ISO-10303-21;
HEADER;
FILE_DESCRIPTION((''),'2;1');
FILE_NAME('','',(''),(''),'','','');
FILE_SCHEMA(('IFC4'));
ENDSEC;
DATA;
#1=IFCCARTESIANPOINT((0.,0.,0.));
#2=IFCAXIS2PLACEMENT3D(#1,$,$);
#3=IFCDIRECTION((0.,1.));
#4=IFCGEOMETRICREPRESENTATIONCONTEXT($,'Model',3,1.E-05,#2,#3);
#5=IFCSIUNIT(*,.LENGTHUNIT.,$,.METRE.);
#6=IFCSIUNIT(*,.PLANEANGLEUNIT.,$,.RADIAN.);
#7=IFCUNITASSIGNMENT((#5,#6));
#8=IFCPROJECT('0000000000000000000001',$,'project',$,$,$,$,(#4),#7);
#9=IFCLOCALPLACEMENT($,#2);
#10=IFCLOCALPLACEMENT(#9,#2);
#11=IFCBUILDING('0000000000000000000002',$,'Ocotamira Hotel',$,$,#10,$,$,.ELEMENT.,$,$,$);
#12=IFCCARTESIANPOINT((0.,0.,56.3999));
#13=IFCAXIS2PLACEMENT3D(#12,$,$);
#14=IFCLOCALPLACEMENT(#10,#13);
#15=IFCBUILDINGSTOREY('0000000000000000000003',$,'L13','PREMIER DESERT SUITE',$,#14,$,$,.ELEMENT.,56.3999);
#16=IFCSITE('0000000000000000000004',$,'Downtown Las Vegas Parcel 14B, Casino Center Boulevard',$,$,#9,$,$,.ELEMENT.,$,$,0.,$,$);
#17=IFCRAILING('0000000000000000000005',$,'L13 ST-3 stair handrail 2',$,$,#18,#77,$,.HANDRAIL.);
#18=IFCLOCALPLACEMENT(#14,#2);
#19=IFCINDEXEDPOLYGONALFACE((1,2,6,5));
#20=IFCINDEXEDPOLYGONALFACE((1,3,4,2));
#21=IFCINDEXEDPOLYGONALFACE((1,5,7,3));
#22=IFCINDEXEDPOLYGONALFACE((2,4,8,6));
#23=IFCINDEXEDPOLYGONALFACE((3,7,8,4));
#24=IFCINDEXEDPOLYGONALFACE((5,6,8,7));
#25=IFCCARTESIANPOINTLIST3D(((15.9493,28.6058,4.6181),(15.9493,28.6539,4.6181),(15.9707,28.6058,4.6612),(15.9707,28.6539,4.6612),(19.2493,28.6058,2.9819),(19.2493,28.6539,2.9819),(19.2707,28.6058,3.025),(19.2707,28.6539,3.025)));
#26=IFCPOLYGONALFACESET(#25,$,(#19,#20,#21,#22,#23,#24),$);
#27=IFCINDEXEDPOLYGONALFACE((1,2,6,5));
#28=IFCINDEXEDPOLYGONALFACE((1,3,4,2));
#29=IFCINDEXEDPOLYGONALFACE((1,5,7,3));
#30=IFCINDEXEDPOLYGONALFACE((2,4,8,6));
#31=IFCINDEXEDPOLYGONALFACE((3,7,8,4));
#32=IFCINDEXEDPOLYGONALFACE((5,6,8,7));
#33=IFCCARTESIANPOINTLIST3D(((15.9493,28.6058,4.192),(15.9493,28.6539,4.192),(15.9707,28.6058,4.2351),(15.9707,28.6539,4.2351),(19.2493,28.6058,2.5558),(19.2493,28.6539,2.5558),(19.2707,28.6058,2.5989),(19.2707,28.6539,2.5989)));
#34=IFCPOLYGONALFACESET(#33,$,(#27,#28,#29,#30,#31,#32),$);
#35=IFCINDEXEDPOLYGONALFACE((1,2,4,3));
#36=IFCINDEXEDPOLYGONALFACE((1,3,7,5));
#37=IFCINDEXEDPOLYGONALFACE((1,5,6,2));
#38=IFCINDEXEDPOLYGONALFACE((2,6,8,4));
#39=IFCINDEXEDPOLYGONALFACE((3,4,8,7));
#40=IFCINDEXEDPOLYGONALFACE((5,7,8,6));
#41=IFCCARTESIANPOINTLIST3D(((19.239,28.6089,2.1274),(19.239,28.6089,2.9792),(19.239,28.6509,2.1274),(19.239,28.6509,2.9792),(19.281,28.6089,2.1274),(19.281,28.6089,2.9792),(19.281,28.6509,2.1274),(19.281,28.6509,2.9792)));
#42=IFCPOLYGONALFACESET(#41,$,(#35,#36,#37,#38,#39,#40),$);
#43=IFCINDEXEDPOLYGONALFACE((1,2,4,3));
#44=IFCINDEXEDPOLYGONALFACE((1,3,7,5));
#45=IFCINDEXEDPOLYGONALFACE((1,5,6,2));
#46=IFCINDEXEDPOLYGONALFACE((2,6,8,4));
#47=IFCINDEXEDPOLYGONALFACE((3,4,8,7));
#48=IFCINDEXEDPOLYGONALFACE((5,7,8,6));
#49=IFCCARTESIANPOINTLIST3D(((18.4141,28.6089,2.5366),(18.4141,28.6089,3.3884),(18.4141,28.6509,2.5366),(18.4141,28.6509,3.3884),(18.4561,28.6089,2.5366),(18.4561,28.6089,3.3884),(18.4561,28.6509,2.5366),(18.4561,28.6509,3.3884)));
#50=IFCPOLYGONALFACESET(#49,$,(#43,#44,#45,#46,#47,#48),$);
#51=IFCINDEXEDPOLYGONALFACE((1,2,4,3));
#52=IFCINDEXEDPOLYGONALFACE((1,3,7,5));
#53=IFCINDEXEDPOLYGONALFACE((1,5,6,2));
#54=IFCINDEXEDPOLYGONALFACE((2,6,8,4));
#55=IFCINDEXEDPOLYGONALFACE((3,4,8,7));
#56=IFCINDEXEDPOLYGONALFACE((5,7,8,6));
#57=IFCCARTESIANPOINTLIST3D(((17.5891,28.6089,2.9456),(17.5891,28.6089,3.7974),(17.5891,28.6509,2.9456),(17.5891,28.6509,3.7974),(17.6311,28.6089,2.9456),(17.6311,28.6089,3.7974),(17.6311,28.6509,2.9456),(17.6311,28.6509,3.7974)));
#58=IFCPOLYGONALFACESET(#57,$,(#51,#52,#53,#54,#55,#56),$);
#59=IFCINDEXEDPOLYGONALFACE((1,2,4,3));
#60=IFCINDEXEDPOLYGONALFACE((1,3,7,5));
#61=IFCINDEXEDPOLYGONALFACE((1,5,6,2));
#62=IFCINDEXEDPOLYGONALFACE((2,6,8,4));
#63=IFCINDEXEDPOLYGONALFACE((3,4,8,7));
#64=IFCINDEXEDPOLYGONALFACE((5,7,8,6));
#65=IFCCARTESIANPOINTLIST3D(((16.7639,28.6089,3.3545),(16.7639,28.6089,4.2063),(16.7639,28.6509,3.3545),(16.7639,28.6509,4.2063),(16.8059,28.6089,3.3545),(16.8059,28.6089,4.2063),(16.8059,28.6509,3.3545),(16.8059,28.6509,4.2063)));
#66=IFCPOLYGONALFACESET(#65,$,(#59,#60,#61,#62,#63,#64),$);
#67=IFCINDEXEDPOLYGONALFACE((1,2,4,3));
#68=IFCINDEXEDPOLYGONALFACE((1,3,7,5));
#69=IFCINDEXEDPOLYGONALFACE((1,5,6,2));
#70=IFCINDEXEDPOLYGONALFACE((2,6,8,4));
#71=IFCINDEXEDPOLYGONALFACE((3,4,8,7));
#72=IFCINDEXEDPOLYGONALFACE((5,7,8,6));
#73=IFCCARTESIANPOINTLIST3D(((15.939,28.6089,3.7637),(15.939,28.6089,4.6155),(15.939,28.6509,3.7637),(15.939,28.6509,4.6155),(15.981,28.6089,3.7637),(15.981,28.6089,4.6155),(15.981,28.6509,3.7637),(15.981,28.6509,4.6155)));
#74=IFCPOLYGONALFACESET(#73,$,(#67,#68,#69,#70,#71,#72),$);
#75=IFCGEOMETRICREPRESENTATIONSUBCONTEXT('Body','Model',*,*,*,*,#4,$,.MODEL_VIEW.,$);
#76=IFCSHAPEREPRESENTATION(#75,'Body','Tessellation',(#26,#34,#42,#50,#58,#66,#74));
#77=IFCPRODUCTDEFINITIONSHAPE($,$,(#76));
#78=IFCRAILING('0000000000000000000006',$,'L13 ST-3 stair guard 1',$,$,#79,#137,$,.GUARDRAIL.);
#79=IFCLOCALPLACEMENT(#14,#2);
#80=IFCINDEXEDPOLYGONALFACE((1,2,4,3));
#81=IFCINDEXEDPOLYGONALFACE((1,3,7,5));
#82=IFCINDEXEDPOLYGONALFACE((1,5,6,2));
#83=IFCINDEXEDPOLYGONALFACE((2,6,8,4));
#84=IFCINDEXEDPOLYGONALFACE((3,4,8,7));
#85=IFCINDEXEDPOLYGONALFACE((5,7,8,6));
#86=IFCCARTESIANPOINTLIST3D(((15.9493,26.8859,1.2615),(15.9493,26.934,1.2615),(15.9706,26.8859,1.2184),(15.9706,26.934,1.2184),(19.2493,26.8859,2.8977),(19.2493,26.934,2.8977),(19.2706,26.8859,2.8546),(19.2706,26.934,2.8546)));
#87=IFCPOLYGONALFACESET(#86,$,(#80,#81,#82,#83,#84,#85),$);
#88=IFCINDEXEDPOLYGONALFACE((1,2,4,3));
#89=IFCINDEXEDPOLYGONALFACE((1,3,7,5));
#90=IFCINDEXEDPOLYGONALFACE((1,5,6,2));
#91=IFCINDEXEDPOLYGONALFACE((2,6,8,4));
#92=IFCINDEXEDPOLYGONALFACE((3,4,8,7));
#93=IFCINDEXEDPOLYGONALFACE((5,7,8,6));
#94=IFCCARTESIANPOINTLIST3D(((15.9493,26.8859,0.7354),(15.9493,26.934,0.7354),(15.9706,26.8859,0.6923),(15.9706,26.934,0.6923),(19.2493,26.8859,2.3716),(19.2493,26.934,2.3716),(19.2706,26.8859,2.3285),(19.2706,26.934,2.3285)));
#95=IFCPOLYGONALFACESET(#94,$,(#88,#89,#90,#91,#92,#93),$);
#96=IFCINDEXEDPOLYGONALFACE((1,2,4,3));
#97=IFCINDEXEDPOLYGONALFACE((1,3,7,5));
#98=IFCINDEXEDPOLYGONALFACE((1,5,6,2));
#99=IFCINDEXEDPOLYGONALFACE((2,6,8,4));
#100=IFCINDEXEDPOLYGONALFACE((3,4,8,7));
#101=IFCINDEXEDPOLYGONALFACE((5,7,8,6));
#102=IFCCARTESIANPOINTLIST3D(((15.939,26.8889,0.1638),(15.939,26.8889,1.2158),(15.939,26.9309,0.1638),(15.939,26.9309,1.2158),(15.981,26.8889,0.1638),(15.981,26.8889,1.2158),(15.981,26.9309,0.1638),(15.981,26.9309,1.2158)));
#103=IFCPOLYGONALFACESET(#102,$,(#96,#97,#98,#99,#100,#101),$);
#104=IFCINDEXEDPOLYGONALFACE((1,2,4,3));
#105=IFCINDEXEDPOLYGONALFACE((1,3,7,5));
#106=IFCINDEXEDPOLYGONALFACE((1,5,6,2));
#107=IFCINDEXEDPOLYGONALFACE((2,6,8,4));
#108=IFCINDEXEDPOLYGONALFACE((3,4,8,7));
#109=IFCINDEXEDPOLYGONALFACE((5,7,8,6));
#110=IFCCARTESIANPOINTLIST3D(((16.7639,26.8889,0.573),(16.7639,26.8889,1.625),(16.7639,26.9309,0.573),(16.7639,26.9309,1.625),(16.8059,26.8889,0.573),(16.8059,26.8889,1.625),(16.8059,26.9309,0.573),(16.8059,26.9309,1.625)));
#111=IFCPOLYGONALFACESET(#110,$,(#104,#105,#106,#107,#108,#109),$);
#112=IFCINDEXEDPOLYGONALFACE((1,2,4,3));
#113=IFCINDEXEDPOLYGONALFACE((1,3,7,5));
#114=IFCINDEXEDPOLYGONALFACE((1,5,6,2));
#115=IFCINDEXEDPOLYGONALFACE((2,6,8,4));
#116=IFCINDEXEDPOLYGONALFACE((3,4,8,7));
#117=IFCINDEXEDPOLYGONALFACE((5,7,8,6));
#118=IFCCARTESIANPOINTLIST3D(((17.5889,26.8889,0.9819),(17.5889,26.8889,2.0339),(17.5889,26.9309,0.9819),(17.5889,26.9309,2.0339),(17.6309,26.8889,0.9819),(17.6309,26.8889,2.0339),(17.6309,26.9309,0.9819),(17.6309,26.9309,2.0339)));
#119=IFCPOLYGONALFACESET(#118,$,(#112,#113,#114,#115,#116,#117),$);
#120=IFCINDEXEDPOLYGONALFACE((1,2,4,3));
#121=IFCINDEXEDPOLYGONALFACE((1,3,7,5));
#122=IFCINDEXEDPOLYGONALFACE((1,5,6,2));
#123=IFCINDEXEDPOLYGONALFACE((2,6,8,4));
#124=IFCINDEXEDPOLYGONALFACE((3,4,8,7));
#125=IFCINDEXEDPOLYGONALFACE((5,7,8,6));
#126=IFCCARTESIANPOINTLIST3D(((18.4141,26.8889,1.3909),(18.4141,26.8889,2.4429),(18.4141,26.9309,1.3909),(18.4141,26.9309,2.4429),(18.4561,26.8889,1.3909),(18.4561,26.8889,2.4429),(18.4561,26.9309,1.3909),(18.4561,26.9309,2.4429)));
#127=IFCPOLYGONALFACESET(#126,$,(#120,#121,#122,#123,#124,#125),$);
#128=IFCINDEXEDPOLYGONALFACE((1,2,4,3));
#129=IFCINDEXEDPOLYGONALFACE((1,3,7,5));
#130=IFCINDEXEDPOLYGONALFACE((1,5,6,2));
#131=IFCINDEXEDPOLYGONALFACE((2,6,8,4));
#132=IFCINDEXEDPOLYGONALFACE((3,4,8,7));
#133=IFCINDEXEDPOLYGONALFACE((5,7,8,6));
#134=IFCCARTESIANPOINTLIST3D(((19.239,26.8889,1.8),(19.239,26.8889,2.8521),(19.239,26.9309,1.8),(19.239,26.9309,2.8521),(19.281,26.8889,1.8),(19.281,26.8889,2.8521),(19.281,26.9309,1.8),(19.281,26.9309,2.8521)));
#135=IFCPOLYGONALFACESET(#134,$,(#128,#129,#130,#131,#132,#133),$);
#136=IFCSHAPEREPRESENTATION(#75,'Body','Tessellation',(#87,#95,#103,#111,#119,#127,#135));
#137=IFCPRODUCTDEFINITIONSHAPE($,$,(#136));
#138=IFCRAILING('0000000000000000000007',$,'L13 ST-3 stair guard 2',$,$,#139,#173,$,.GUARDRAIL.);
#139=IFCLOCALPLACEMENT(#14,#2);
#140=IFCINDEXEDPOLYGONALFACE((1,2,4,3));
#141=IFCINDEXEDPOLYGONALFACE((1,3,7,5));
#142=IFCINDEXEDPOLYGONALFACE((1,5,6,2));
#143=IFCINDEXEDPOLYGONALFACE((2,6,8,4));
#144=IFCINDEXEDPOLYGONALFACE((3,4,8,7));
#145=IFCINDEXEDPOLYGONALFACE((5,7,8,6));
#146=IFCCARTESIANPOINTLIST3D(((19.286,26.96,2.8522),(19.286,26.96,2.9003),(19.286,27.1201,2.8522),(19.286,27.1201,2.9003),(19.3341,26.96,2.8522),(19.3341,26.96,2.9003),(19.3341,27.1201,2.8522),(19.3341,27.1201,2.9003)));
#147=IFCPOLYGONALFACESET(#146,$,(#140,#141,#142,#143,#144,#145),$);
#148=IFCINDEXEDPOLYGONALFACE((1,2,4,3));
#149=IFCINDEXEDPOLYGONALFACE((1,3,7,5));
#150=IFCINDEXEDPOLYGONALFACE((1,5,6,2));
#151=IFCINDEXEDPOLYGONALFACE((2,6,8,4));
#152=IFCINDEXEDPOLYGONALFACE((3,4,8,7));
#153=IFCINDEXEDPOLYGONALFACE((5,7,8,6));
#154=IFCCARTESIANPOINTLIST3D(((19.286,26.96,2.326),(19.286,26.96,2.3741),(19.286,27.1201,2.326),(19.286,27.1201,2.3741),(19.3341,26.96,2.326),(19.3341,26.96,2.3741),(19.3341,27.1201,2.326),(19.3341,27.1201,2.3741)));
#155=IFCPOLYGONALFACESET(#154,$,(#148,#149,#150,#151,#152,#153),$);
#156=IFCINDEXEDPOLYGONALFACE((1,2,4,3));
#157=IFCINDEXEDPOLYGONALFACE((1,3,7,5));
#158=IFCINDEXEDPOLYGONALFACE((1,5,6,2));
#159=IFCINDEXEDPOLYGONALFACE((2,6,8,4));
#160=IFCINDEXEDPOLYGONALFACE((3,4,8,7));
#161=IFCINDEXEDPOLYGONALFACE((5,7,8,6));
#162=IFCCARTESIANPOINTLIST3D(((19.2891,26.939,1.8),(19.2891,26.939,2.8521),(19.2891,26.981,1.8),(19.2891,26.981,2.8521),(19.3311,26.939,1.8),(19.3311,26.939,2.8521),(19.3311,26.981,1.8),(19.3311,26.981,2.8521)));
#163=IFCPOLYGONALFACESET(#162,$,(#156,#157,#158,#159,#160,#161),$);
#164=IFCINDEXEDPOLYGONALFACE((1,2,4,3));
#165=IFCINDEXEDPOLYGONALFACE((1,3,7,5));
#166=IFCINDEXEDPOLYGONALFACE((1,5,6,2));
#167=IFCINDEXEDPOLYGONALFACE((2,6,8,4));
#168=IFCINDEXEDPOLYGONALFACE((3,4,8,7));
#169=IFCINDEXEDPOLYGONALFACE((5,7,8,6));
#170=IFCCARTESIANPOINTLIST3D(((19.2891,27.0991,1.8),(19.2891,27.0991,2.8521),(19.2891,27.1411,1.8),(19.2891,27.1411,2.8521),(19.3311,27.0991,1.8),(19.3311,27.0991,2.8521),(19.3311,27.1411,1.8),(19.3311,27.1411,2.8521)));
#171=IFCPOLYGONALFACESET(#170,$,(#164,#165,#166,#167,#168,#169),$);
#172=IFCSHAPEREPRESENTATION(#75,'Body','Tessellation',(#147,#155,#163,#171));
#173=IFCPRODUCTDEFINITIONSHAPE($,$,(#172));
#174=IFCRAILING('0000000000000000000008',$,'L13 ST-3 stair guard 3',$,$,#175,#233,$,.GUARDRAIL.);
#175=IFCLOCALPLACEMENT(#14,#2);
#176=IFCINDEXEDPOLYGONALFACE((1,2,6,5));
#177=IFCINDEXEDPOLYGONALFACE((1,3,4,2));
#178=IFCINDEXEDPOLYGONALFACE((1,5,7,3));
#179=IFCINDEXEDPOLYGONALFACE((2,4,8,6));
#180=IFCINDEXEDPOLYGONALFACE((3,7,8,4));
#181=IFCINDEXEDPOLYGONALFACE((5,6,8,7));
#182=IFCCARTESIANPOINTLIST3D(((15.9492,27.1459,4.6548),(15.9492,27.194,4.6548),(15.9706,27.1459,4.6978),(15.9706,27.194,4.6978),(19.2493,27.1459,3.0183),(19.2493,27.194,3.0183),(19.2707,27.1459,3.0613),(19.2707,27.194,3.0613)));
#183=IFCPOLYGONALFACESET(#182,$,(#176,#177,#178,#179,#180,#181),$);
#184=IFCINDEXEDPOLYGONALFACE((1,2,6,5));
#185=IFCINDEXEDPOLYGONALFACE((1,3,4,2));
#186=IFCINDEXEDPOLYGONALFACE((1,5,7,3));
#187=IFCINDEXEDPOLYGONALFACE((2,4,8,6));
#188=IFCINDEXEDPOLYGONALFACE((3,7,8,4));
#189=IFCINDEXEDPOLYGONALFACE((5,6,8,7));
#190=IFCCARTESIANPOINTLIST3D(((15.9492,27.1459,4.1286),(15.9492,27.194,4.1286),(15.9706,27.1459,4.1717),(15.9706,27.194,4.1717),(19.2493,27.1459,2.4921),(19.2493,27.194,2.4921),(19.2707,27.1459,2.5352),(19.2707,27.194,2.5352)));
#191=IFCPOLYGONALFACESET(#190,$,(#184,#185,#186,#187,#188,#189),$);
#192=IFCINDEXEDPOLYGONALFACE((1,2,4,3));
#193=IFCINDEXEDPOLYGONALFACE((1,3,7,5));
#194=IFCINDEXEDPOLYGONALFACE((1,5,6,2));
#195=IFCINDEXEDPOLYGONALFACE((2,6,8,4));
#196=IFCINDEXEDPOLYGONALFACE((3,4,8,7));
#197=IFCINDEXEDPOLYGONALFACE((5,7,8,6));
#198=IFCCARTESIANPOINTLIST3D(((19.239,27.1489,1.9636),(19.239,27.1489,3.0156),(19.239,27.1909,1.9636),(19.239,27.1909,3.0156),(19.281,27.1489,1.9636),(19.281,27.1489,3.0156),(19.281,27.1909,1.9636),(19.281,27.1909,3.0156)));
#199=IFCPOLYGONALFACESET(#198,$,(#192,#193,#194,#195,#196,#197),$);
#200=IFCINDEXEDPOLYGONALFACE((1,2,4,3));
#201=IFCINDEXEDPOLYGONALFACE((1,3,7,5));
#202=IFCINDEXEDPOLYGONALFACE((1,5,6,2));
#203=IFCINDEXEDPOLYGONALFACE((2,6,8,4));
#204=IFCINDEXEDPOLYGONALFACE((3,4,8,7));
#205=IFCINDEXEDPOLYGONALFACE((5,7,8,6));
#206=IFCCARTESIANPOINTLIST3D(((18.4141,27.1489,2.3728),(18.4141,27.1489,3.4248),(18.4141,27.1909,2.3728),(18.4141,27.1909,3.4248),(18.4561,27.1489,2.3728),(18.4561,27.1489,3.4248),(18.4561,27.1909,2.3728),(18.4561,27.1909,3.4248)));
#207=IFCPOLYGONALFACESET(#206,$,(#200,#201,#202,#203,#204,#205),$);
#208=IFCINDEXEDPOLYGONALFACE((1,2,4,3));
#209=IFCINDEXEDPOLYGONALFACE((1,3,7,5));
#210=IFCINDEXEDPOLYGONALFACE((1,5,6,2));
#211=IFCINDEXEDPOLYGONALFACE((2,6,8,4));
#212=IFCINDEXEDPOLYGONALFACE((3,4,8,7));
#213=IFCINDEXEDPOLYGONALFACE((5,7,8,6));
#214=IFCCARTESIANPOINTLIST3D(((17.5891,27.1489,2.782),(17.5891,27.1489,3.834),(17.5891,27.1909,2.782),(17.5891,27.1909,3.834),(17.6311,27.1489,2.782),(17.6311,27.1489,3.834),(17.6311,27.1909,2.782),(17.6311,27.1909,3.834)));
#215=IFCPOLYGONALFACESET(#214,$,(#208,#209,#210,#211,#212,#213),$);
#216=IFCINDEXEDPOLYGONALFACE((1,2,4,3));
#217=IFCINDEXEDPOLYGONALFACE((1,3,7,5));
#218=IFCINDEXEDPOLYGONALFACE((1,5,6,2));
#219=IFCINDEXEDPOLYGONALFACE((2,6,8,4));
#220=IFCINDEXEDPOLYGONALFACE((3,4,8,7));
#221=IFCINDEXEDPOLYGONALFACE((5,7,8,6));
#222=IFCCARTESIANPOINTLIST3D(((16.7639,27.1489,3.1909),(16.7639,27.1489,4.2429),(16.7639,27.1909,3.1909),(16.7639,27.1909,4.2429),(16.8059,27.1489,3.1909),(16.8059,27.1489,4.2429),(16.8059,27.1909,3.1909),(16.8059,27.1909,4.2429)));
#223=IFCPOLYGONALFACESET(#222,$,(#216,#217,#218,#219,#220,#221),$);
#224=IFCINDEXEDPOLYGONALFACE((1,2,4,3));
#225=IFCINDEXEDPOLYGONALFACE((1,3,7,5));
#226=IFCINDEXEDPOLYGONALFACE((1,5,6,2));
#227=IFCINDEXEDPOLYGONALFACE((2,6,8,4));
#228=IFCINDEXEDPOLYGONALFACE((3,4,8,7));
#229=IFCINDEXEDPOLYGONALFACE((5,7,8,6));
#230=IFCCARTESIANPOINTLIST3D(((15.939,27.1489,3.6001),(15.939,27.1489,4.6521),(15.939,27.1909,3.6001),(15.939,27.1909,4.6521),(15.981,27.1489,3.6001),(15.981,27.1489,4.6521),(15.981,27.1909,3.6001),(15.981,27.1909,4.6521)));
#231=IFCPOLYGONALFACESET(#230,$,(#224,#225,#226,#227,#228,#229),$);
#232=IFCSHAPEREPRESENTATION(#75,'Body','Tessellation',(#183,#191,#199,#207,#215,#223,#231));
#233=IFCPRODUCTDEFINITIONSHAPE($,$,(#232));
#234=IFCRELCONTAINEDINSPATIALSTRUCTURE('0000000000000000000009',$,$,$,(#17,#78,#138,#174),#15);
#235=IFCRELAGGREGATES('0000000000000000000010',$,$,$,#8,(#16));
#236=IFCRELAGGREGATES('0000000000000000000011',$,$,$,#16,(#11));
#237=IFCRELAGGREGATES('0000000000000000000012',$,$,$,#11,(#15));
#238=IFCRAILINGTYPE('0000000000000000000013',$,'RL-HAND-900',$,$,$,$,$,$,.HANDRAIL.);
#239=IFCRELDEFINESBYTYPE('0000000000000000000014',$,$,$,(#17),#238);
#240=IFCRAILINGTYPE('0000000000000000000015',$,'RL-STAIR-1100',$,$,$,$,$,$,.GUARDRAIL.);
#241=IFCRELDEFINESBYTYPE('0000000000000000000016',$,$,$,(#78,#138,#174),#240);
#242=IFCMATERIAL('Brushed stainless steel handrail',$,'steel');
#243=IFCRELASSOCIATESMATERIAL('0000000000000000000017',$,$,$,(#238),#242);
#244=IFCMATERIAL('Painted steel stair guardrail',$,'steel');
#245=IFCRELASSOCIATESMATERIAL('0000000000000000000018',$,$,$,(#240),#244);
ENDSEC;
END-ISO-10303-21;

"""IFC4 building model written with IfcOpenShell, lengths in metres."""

from ifc_helpers import new_model, si_unit, direction, frame, origin, origin_2d, place, context, subcontext, project, spatial, rectangle, extrude, material, type_object, element, save


model = new_model("IFC4")

# Units and contexts
model_context = context("Model", 3, precision=1e-05, world=origin(), true_north=direction((0.0, 1.0)))
body_context = subcontext(model_context, "Body", "Model", "MODEL_VIEW")
ifc_project = project(units=[si_unit("LENGTHUNIT", "METRE"), si_unit("PLANEANGLEUNIT", "RADIAN")], contexts=[model_context])

# Site, building, storey
site_placement = place(None, origin())
site = spatial("IfcSite", under=ifc_project, at=site_placement, Name="Downtown Las Vegas Parcel 14B, Casino Center Boulevard", CompositionType="ELEMENT", RefElevation=0.0)
building_placement = place(site_placement, origin())
building = spatial("IfcBuilding", under=site, at=building_placement, Name="Ocotamira Hotel", CompositionType="ELEMENT")
storey_placement = place(building_placement, frame((0.0, 0.0, 56.3999)))
storey = spatial("IfcBuildingStorey", under=building, at=storey_placement, Name="L13", Description="PREMIER DESERT SUITE", CompositionType="ELEMENT", Elevation=56.3999)

# Railings
ifc_material_1 = material(Name="Brushed stainless steel handrail", Category="steel")
railing_type_1 = type_object("IfcRailingType", Name="RL-HAND-900", PredefinedType="HANDRAIL", material=ifc_material_1)
railing_1_placement = place(storey_placement, frame((19.26, 28.6299, 2.1274)))
element("IfcRailing", 1, at=railing_1_placement, inside=storey, type_object=railing_type_1, Name="L13 ST-3 stair handrail 2", PredefinedType="HANDRAIL", context=body_context, shape_type="SweptSolid", body=[
    extrude(rectangle(XDim=0.0481, YDim=0.0481, at=origin_2d()), frame((0.0, 0.0, 0.876), z_axis=(-0.89592, 0.0, 0.444215), x_axis=(0.0, -1.0, 0.0)), (0.0, 0.0, 1.0), 3.6833),
    extrude(rectangle(XDim=0.0481, YDim=0.0481, at=origin_2d()), frame((0.0, 0.0, 0.45), z_axis=(-0.89592, 0.0, 0.444215), x_axis=(0.0, -1.0, 0.0)), (0.0, 0.0, 1.0), 3.6833),
    extrude(rectangle(XDim=0.042, YDim=0.042, at=origin_2d()), origin(), (0.0, 0.0, 1.0), 0.8518),
    extrude(rectangle(XDim=0.042, YDim=0.042, at=origin_2d()), frame((-0.825, 0.0, 0.4092)), (0.0, 0.0, 1.0), 0.8518),
    extrude(rectangle(XDim=0.042, YDim=0.042, at=origin_2d()), frame((-1.6499, 0.0, 0.8181)), (0.0, 0.0, 1.0), 0.8518),
    extrude(rectangle(XDim=0.042, YDim=0.042, at=origin_2d()), frame((-2.4751, 0.0, 1.2271)), (0.0, 0.0, 1.0), 0.8518),
    extrude(rectangle(XDim=0.042, YDim=0.042, at=origin_2d()), frame((-3.3, 0.0, 1.6362)), (0.0, 0.0, 1.0), 0.8518),
])
ifc_material_2 = material(Name="Painted steel stair guardrail", Category="steel")
railing_type_2 = type_object("IfcRailingType", Name="RL-STAIR-1100", PredefinedType="GUARDRAIL", material=ifc_material_2)
railing_2_placement = place(storey_placement, frame((15.96, 26.9099, 0.1638)))
element("IfcRailing", 2, at=railing_2_placement, inside=storey, type_object=railing_type_2, Name="L13 ST-3 stair guard 1", PredefinedType="GUARDRAIL", context=body_context, shape_type="SweptSolid", body=[
    extrude(rectangle(XDim=0.0481, YDim=0.0481, at=origin_2d()), frame((0.0, 0.0, 1.0762), z_axis=(0.89592, 0.0, 0.444215), x_axis=(0.0, 1.0, 0.0)), (0.0, 0.0, 1.0), 3.6833),
    extrude(rectangle(XDim=0.0481, YDim=0.0481, at=origin_2d()), frame((0.0, 0.0, 0.55), z_axis=(0.89592, 0.0, 0.444215), x_axis=(0.0, 1.0, 0.0)), (0.0, 0.0, 1.0), 3.6833),
    extrude(rectangle(XDim=0.042, YDim=0.042, at=origin_2d()), origin(), (0.0, 0.0, 1.0), 1.052),
    extrude(rectangle(XDim=0.042, YDim=0.042, at=origin_2d()), frame((0.825, 0.0, 0.4092)), (0.0, 0.0, 1.0), 1.052),
    extrude(rectangle(XDim=0.042, YDim=0.042, at=origin_2d()), frame((1.6499, 0.0, 0.8181)), (0.0, 0.0, 1.0), 1.052),
    extrude(rectangle(XDim=0.042, YDim=0.042, at=origin_2d()), frame((2.4751, 0.0, 1.2271)), (0.0, 0.0, 1.0), 1.052),
    extrude(rectangle(XDim=0.042, YDim=0.042, at=origin_2d()), frame((3.3, 0.0, 1.6362)), (0.0, 0.0, 1.0), 1.052),
])
railing_3_placement = place(storey_placement, frame((19.3101, 26.96, 1.8)))
element("IfcRailing", 3, at=railing_3_placement, inside=storey, type_object=railing_type_2, Name="L13 ST-3 stair guard 2", PredefinedType="GUARDRAIL", context=body_context, shape_type="SweptSolid", body=[
    extrude(rectangle(XDim=0.0481, YDim=0.0481, at=origin_2d()), frame((0.0, 0.0, 1.0762), z_axis=(0.0, 1.0, 0.0), x_axis=(-1.0, 0.0, 0.0)), (0.0, 0.0, 1.0), 0.1602),
    extrude(rectangle(XDim=0.0481, YDim=0.0481, at=origin_2d()), frame((0.0, 0.0, 0.55), z_axis=(0.0, 1.0, 0.0), x_axis=(-1.0, 0.0, 0.0)), (0.0, 0.0, 1.0), 0.1602),
    extrude(rectangle(XDim=0.042, YDim=0.042, at=origin_2d()), origin(), (0.0, 0.0, 1.0), 1.052),
    extrude(rectangle(XDim=0.042, YDim=0.042, at=origin_2d()), frame((0.0, 0.1602, 0.0)), (0.0, 0.0, 1.0), 1.052),
])
railing_4_placement = place(storey_placement, frame((19.26, 27.1699, 1.9636)))
element("IfcRailing", 4, at=railing_4_placement, inside=storey, type_object=railing_type_2, Name="L13 ST-3 stair guard 3", PredefinedType="GUARDRAIL", context=body_context, shape_type="SweptSolid", body=[
    extrude(rectangle(XDim=0.0481, YDim=0.0481, at=origin_2d()), frame((0.0, 0.0, 1.0762), z_axis=(-0.895894, 0.0, 0.444268), x_axis=(0.0, -1.0, 0.0)), (0.0, 0.0, 1.0), 3.6836),
    extrude(rectangle(XDim=0.0481, YDim=0.0481, at=origin_2d()), frame((0.0, 0.0, 0.55), z_axis=(-0.895894, 0.0, 0.444268), x_axis=(0.0, -1.0, 0.0)), (0.0, 0.0, 1.0), 3.6836),
    extrude(rectangle(XDim=0.042, YDim=0.042, at=origin_2d()), origin(), (0.0, 0.0, 1.0), 1.052),
    extrude(rectangle(XDim=0.042, YDim=0.042, at=origin_2d()), frame((-0.825, 0.0, 0.4092)), (0.0, 0.0, 1.0), 1.052),
    extrude(rectangle(XDim=0.042, YDim=0.042, at=origin_2d()), frame((-1.6499, 0.0, 0.8184)), (0.0, 0.0, 1.0), 1.052),
    extrude(rectangle(XDim=0.042, YDim=0.042, at=origin_2d()), frame((-2.4751, 0.0, 1.2273)), (0.0, 0.0, 1.0), 1.052),
    extrude(rectangle(XDim=0.042, YDim=0.042, at=origin_2d()), frame((-3.3, 0.0, 1.6365)), (0.0, 0.0, 1.0), 1.052),
])

save(model, "model.ifc")
